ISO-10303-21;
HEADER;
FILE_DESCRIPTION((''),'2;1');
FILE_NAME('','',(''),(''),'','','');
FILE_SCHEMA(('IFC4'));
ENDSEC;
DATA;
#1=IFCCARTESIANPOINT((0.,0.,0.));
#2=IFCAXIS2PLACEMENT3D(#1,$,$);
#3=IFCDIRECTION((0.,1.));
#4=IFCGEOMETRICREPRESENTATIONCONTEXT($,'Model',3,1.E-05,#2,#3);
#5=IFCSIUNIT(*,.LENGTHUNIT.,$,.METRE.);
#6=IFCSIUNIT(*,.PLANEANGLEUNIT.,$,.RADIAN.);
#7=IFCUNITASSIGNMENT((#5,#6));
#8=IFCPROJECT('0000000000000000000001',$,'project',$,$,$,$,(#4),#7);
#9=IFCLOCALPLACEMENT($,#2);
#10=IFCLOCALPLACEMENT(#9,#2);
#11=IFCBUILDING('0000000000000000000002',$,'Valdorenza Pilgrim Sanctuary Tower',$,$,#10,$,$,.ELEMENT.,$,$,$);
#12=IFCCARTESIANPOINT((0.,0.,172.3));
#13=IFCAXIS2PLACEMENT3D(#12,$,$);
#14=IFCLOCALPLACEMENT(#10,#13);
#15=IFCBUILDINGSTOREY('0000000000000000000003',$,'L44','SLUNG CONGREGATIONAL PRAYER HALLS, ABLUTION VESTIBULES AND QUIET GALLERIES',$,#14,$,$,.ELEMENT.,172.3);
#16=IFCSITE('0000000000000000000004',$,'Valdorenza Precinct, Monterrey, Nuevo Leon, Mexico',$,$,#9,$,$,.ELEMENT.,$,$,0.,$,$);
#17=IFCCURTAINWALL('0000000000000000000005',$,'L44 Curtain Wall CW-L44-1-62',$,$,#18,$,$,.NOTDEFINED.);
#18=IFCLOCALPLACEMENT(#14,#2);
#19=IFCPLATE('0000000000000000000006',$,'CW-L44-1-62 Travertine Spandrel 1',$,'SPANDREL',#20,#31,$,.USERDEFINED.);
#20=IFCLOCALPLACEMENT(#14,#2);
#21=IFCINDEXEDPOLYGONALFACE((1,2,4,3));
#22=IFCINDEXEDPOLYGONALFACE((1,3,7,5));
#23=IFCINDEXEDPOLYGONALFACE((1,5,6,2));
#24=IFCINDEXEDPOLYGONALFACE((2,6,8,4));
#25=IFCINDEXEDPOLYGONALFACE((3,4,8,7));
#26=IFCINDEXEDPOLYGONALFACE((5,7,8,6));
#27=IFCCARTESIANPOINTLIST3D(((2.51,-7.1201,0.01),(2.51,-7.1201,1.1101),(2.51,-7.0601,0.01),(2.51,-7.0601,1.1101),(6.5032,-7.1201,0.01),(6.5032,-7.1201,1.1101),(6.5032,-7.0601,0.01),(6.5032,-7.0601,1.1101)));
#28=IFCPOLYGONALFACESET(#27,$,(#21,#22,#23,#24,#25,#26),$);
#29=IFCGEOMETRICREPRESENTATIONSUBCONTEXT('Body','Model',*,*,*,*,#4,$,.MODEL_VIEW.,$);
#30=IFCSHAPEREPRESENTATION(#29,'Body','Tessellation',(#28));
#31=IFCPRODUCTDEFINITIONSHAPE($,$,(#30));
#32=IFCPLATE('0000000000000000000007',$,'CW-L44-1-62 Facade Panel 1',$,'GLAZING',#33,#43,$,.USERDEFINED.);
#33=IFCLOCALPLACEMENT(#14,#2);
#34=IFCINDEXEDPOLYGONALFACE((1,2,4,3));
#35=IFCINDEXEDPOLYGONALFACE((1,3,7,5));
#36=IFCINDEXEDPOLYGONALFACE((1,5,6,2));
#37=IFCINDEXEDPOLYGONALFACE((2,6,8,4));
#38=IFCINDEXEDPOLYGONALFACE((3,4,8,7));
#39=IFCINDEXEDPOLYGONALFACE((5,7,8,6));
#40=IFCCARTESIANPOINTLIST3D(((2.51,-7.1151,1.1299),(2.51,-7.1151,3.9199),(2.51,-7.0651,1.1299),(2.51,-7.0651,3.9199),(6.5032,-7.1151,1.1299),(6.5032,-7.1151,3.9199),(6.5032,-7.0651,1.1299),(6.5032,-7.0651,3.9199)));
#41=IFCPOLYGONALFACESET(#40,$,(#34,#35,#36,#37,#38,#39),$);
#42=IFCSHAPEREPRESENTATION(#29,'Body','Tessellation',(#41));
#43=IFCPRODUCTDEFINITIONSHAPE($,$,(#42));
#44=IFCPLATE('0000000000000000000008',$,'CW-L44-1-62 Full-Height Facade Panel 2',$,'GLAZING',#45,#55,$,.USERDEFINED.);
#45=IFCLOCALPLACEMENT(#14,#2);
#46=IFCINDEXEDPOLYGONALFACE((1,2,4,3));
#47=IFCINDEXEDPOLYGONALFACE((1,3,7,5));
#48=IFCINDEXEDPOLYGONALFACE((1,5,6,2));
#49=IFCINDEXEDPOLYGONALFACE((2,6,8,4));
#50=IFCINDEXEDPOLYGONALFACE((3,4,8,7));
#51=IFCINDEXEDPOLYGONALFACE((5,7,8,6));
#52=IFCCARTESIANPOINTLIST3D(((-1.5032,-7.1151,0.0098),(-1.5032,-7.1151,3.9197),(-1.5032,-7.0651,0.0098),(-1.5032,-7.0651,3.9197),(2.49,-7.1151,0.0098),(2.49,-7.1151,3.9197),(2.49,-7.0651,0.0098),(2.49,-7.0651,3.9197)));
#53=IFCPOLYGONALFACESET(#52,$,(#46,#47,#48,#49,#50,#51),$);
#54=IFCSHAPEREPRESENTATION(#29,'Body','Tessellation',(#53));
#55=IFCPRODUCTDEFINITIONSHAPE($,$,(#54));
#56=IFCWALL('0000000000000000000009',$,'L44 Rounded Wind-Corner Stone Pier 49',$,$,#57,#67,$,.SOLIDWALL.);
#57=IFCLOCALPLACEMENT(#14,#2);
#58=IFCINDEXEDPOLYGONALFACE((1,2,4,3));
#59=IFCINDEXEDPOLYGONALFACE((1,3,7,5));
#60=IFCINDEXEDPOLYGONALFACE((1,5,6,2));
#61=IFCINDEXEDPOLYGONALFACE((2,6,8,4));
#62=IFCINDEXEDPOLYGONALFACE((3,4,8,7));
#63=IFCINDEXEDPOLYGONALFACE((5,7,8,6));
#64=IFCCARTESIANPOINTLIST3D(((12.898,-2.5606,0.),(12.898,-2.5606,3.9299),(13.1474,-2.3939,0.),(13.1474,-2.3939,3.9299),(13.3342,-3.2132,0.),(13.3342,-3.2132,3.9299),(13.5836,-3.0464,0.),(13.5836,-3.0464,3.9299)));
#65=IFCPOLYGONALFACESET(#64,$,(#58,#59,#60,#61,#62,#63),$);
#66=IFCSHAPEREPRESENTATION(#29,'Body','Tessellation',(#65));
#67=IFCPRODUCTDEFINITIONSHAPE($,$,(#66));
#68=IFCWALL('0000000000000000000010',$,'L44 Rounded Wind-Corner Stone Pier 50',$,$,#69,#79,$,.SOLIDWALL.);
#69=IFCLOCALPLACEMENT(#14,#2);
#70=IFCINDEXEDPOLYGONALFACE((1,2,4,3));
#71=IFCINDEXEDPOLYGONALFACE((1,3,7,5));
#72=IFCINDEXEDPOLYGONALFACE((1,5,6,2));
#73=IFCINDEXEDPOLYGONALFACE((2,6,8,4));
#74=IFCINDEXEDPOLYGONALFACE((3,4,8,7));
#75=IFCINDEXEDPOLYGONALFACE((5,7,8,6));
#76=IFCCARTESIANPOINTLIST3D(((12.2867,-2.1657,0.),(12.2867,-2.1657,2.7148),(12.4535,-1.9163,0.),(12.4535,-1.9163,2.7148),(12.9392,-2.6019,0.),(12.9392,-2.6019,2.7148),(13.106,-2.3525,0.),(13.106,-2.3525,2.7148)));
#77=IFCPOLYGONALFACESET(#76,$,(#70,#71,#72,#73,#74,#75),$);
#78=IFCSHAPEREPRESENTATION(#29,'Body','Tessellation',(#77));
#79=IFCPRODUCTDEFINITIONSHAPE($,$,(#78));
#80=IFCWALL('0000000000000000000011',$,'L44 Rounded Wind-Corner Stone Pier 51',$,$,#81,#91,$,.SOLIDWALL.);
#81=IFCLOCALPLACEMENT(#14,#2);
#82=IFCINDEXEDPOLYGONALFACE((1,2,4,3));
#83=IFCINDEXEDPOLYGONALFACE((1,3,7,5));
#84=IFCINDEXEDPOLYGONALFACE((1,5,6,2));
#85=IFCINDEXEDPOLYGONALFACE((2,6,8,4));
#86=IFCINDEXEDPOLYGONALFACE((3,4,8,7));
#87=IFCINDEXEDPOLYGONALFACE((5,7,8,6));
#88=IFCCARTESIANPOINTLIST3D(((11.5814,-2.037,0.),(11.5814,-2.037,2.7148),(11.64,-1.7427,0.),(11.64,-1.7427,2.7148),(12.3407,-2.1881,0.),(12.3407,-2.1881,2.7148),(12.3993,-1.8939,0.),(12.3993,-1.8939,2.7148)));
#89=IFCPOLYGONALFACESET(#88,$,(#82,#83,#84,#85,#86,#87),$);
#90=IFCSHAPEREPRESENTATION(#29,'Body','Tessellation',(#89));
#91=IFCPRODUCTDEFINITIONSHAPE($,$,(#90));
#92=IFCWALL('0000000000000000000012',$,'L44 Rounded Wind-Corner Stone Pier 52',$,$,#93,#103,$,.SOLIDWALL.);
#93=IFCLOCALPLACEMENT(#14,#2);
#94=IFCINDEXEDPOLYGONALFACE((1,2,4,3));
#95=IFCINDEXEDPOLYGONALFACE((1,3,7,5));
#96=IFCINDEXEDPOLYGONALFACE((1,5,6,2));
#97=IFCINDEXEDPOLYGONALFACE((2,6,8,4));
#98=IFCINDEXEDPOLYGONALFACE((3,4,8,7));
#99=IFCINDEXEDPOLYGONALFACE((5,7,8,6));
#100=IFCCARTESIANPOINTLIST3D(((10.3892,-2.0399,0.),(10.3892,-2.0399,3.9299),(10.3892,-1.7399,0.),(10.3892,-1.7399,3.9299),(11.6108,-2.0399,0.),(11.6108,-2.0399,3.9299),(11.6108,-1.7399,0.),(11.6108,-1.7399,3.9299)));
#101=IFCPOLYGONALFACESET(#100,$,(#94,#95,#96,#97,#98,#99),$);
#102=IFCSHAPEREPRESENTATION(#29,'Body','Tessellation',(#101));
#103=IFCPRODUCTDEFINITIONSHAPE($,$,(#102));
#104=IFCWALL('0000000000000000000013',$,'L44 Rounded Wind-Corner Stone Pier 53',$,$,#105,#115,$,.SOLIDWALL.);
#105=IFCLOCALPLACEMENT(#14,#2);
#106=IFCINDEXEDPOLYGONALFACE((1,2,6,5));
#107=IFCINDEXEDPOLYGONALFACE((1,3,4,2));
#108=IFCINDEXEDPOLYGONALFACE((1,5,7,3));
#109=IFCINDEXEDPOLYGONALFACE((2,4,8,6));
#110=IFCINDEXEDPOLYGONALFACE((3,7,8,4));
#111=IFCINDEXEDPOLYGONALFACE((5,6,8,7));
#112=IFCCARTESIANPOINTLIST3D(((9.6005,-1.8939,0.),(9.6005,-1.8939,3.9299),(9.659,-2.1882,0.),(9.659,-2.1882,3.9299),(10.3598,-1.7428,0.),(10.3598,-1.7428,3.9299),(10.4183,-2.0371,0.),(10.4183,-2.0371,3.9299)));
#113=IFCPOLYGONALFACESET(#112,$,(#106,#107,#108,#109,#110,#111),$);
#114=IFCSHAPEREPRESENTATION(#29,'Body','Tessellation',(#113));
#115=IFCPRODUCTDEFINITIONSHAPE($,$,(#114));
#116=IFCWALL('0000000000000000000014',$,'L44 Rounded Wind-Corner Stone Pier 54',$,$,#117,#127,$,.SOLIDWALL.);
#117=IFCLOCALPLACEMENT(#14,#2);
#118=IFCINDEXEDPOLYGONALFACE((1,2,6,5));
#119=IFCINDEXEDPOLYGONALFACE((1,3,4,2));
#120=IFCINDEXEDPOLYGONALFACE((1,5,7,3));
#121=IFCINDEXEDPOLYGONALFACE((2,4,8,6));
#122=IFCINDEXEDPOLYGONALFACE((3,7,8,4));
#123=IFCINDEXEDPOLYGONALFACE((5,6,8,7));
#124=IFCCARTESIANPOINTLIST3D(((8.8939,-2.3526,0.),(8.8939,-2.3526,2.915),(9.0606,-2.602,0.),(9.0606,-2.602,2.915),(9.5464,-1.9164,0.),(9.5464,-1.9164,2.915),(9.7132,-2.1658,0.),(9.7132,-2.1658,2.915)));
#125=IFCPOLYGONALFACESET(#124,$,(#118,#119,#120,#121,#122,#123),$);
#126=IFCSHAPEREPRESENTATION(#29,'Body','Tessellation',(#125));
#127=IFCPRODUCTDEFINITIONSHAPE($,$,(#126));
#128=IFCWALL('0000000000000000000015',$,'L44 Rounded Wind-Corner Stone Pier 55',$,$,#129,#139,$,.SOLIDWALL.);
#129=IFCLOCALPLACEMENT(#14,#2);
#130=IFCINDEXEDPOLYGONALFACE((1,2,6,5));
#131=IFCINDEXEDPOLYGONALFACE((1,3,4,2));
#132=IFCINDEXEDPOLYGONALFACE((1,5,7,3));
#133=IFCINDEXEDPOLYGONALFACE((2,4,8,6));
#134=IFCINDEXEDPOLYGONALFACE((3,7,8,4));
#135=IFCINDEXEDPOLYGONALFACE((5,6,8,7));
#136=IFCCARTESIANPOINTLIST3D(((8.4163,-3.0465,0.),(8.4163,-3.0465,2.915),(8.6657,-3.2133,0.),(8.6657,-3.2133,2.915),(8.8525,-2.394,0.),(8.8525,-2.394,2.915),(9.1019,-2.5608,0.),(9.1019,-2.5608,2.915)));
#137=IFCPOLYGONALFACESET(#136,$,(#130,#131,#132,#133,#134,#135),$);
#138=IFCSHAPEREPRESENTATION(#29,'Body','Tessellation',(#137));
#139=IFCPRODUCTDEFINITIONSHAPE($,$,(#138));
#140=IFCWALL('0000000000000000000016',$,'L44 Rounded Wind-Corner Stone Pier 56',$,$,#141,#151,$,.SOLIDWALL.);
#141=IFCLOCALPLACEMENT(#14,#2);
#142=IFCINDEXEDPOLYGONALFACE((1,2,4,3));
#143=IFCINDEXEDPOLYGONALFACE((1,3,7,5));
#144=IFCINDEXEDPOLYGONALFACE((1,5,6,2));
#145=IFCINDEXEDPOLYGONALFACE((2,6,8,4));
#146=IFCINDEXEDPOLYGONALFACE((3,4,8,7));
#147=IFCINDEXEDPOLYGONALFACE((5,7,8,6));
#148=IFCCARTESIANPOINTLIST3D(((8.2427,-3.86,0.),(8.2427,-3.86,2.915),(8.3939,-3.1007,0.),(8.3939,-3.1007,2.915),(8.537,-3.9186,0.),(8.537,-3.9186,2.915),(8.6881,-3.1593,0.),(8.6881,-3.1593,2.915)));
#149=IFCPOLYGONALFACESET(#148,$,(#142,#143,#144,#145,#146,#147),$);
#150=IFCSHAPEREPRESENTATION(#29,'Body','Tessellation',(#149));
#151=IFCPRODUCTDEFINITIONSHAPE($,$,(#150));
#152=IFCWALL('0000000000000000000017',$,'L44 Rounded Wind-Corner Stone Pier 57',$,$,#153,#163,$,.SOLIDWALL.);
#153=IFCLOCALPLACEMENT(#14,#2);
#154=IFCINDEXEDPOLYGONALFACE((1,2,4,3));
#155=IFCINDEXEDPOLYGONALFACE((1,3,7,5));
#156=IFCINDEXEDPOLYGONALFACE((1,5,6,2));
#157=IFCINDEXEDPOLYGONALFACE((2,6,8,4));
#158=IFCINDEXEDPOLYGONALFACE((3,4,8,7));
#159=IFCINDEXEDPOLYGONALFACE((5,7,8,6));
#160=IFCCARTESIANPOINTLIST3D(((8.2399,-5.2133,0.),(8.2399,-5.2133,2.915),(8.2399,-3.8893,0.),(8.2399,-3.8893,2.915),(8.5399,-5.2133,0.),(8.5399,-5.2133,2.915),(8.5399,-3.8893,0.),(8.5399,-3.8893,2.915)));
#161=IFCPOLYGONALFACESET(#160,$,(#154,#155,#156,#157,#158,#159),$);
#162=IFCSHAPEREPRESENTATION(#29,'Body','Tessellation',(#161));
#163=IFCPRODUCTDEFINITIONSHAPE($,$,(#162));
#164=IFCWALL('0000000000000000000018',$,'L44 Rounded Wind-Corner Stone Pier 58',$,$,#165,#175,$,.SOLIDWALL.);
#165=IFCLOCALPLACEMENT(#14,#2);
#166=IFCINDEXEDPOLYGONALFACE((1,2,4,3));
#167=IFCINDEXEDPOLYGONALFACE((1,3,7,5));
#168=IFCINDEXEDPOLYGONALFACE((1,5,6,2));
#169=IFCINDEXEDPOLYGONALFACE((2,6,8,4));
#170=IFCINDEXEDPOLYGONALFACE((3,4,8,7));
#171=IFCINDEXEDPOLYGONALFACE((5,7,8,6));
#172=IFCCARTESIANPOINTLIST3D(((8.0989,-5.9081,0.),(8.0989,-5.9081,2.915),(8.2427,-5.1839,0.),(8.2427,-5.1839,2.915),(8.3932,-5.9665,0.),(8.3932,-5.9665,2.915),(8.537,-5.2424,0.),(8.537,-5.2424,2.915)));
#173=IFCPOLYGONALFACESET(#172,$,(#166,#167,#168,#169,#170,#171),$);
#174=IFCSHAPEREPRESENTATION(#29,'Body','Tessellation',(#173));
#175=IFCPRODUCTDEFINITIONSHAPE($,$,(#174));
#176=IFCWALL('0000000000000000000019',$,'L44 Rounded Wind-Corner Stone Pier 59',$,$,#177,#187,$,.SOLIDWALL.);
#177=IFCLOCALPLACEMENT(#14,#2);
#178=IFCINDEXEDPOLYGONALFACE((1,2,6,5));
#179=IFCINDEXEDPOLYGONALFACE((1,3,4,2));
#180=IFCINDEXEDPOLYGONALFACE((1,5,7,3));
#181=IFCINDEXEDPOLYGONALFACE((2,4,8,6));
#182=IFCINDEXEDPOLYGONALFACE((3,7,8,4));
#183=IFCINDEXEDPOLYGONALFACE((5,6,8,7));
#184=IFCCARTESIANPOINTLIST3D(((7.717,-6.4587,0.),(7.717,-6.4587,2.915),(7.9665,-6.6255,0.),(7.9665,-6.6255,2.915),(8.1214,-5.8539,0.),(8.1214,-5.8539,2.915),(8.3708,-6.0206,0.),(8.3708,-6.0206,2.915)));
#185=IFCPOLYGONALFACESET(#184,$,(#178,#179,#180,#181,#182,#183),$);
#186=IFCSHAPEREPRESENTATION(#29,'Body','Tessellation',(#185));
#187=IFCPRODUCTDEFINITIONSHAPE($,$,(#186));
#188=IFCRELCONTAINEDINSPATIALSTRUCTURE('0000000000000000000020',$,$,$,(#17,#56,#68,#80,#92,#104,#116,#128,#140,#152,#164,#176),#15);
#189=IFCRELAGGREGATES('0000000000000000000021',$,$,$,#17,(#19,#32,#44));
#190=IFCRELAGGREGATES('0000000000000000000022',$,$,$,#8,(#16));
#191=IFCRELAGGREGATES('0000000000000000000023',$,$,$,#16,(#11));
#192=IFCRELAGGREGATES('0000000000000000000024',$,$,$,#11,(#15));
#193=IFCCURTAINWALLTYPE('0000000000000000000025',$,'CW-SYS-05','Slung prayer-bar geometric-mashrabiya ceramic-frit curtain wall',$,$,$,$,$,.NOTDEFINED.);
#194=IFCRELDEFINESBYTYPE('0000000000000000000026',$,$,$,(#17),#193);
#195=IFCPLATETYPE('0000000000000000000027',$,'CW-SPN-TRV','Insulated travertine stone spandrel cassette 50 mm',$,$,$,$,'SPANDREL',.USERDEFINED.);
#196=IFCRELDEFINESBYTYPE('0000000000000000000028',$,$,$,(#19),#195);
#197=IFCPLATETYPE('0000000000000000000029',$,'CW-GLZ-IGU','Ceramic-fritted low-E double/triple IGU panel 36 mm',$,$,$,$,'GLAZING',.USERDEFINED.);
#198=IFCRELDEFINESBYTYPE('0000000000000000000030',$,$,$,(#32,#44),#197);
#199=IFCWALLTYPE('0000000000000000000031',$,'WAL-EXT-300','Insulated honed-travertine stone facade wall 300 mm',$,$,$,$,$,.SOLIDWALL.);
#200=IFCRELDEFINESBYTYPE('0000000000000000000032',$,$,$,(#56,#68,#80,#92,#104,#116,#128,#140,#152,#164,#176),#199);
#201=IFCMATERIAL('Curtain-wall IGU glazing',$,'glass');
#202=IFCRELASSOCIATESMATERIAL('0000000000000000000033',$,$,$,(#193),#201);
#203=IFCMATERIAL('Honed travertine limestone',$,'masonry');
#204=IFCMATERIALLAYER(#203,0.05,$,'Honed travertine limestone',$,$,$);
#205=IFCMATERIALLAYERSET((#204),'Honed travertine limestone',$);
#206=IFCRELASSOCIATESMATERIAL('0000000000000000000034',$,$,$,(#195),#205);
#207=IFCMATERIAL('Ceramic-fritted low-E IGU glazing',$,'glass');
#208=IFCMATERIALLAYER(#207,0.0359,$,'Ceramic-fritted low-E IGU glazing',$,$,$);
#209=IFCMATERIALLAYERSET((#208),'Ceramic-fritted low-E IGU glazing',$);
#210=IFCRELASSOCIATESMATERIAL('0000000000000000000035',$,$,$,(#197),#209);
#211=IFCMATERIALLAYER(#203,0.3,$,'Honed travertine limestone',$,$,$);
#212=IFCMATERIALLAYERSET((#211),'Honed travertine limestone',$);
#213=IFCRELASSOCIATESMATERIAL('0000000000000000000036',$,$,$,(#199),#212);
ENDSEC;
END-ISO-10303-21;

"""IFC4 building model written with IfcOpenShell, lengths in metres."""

from ifc_helpers import new_model, si_unit, direction, frame, frame_2d, origin, origin_2d, place, context, subcontext, project, spatial, rectangle, extrude, source, transform, mapped, material, layer, layer_set, type_object, element, aggregate, save


model = new_model("IFC4")

# Units and contexts
model_context = context("Model", 3, precision=1e-05, world=origin(), true_north=direction((0.0, 1.0)))
body_context = subcontext(model_context, "Body", "Model", "MODEL_VIEW")
ifc_project = project(units=[si_unit("LENGTHUNIT", "METRE"), si_unit("PLANEANGLEUNIT", "RADIAN")], contexts=[model_context])

# Site, building, storey
site_placement = place(None, origin())
site = spatial("IfcSite", under=ifc_project, at=site_placement, Name="Valdorenza Precinct, Monterrey, Nuevo Leon, Mexico", CompositionType="ELEMENT", RefElevation=0.0)
building_placement = place(site_placement, origin())
building = spatial("IfcBuilding", under=site, at=building_placement, Name="Valdorenza Pilgrim Sanctuary Tower", CompositionType="ELEMENT")
storey_placement = place(building_placement, frame((0.0, 0.0, 172.3)))
storey = spatial("IfcBuildingStorey", under=building, at=storey_placement, Name="L44", Description="SLUNG CONGREGATIONAL PRAYER HALLS, ABLUTION VESTIBULES AND QUIET GALLERIES", CompositionType="ELEMENT", Elevation=172.3)

# Shared definitions
ifc_material_1 = material(Name="Curtain-wall IGU glazing", Category="glass")
curtain_wall_type = type_object("IfcCurtainWallType", Name="CW-SYS-05", Description="Slung prayer-bar geometric-mashrabiya ceramic-frit curtain wall", PredefinedType="NOTDEFINED", material=ifc_material_1)

# Curtain wall
curtain_wall_1_placement = place(storey_placement, origin())
curtain_wall_1 = element("IfcCurtainWall", 1, at=curtain_wall_1_placement, inside=storey, type_object=curtain_wall_type, Name="L44 Curtain Wall CW-L44-1-62", PredefinedType="NOTDEFINED")

# Plates
ifc_material_2 = material(Name="Honed travertine limestone", Category="masonry")
ifc_layer_1 = layer(ifc_material_2, 0.05, Name="Honed travertine limestone")
ifc_layer_set_1 = layer_set([ifc_layer_1], Name="Honed travertine limestone")
plate_type_1 = type_object("IfcPlateType", Name="CW-SPN-TRV", Description="Insulated travertine stone spandrel cassette 50 mm", ElementType="SPANDREL", PredefinedType="USERDEFINED", material=ifc_layer_set_1)
shared_shape_1 = source(origin(), body_context, "Body", "SweptSolid", [
    extrude(rectangle(XDim=3.9932, YDim=0.0601, at=origin_2d()), origin(), (0.0, 0.0, 1.0), 1.1001),
])
plate_1_placement = place(storey_placement, frame((4.5066, -7.0901, 0.01), z_axis=(0.0, 0.0, 1.0), x_axis=(-1.0, 0.0, 0.0)))
plate_1 = element("IfcPlate", 2, at=plate_1_placement, type_object=plate_type_1, Name="CW-L44-1-62 Travertine Spandrel 1", ObjectType="SPANDREL", PredefinedType="USERDEFINED", context=body_context, shape_type="MappedRepresentation", body=[
    mapped(shared_shape_1, transform((0.0, 0.0, 0.0), x_axis=(1.0, 0.0, 0.0), y_axis=(0.0, 1.0, 0.0), z_axis=(0.0, 0.0, 1.0), scale=1.0)),
])
ifc_material_3 = material(Name="Ceramic-fritted low-E IGU glazing", Category="glass")
ifc_layer_2 = layer(ifc_material_3, 0.0359, Name="Ceramic-fritted low-E IGU glazing")
ifc_layer_set_2 = layer_set([ifc_layer_2], Name="Ceramic-fritted low-E IGU glazing")
plate_type_2 = type_object("IfcPlateType", Name="CW-GLZ-IGU", Description="Ceramic-fritted low-E double/triple IGU panel 36 mm", ElementType="GLAZING", PredefinedType="USERDEFINED", material=ifc_layer_set_2)
shared_shape_2 = source(origin(), body_context, "Body", "SweptSolid", [
    extrude(rectangle(XDim=3.9932, YDim=0.05, at=origin_2d()), origin(), (0.0, 0.0, 1.0), 2.79),
])
plate_2_placement = place(storey_placement, frame((4.5066, -7.0901, 1.1299), z_axis=(0.0, 0.0, 1.0), x_axis=(-1.0, 0.0, 0.0)))
plate_2 = element("IfcPlate", 3, at=plate_2_placement, type_object=plate_type_2, Name="CW-L44-1-62 Facade Panel 1", ObjectType="GLAZING", PredefinedType="USERDEFINED", context=body_context, shape_type="MappedRepresentation", body=[
    mapped(shared_shape_2, transform((0.0, 0.0, 0.0), x_axis=(1.0, 0.0, 0.0), y_axis=(0.0, 1.0, 0.0), z_axis=(0.0, 0.0, 1.0), scale=1.0)),
])
shared_shape_3 = source(origin(), body_context, "Body", "SweptSolid", [
    extrude(rectangle(XDim=3.9932, YDim=0.05, at=origin_2d()), origin(), (0.0, 0.0, 1.0), 3.9099),
])
plate_3_placement = place(storey_placement, frame((0.4934, -7.0901, 0.0098), z_axis=(0.0, 0.0, 1.0), x_axis=(-1.0, 0.0, 0.0)))
plate_3 = element("IfcPlate", 4, at=plate_3_placement, type_object=plate_type_2, Name="CW-L44-1-62 Full-Height Facade Panel 2", ObjectType="GLAZING", PredefinedType="USERDEFINED", context=body_context, shape_type="MappedRepresentation", body=[
    mapped(shared_shape_3, transform((0.0, 0.0, 0.0), x_axis=(1.0, 0.0, 0.0), y_axis=(0.0, 1.0, 0.0), z_axis=(0.0, 0.0, 1.0), scale=1.0)),
])
aggregate(curtain_wall_1, [plate_1, plate_2, plate_3])

# Walls
ifc_layer_3 = layer(ifc_material_2, 0.3, Name="Honed travertine limestone")
ifc_layer_set_3 = layer_set([ifc_layer_3], Name="Honed travertine limestone")
wall_type = type_object("IfcWallType", Name="WAL-EXT-300", Description="Insulated honed-travertine stone facade wall 300 mm", PredefinedType="SOLIDWALL", material=ifc_layer_set_3)
wall_1_placement = place(storey_placement, frame((13.459, -3.1299, 0.0), z_axis=(0.0, 0.0, 1.0), x_axis=(-0.555776, 0.831332, 0.0)))
element("IfcWall", 5, at=wall_1_placement, inside=storey, type_object=wall_type, Name="L44 Rounded Wind-Corner Stone Pier 49", PredefinedType="SOLIDWALL", context=body_context, shape_type="SweptSolid", body=[
    extrude(rectangle(XDim=0.7849, YDim=0.3, at=frame_2d((0.3926, 0.0))), origin(), (0.0, 0.0, 1.0), 3.9299),
])
wall_2_placement = place(storey_placement, frame((13.0227, -2.4773, 0.0), z_axis=(0.0, 0.0, 1.0), x_axis=(-0.831332, 0.555776, 0.0)))
element("IfcWall", 6, at=wall_2_placement, inside=storey, type_object=wall_type, Name="L44 Rounded Wind-Corner Stone Pier 50", PredefinedType="SOLIDWALL", context=body_context, shape_type="SweptSolid", body=[
    extrude(rectangle(XDim=0.7849, YDim=0.3, at=frame_2d((0.3926, 0.0))), origin(), (0.0, 0.0, 1.0), 2.7148),
])
wall_3_placement = place(storey_placement, frame((12.3701, -2.041, 0.0), z_axis=(0.0, 0.0, 1.0), x_axis=(-0.980762, 0.195206, 0.0)))
element("IfcWall", 7, at=wall_3_placement, inside=storey, type_object=wall_type, Name="L44 Rounded Wind-Corner Stone Pier 51", PredefinedType="SOLIDWALL", context=body_context, shape_type="SweptSolid", body=[
    extrude(rectangle(XDim=0.7742, YDim=0.3, at=frame_2d((0.3872, 0.0))), origin(), (0.0, 0.0, 1.0), 2.7148),
])
wall_4_placement = place(storey_placement, frame((11.6108, -1.8899, 0.0), z_axis=(0.0, 0.0, 1.0), x_axis=(-1.0, 0.0, 0.0)))
element("IfcWall", 8, at=wall_4_placement, inside=storey, type_object=wall_type, Name="L44 Rounded Wind-Corner Stone Pier 52", PredefinedType="SOLIDWALL", context=body_context, shape_type="SweptSolid", body=[
    extrude(rectangle(XDim=1.2217, YDim=0.3, at=frame_2d((0.6108, 0.0))), origin(), (0.0, 0.0, 1.0), 3.9299),
])
wall_5_placement = place(storey_placement, frame((10.3892, -1.8899, 0.0), z_axis=(0.0, 0.0, 1.0), x_axis=(-0.980762, -0.195206, 0.0)))
element("IfcWall", 9, at=wall_5_placement, inside=storey, type_object=wall_type, Name="L44 Rounded Wind-Corner Stone Pier 53", PredefinedType="SOLIDWALL", context=body_context, shape_type="SweptSolid", body=[
    extrude(rectangle(XDim=0.7742, YDim=0.3, at=frame_2d((0.3872, 0.0))), origin(), (0.0, 0.0, 1.0), 3.9299),
])
for number, where, z_axis, x_axis, name in (
    (10, (9.6299, -2.041, 0.0), (0.0, 0.0, 1.0), (-0.831332, -0.555776, 0.0), "L44 Rounded Wind-Corner Stone Pier 54"),
    (11, (8.9773, -2.4773, 0.0), (0.0, 0.0, 1.0), (-0.555776, -0.831332, 0.0), "L44 Rounded Wind-Corner Stone Pier 55"),
):
    element("IfcWall", number, at=place(storey_placement, frame(where, z_axis=z_axis, x_axis=x_axis)), inside=storey, type_object=wall_type, Name=name, PredefinedType="SOLIDWALL", context=body_context, shape_type="SweptSolid", body=[
        extrude(rectangle(XDim=0.7849, YDim=0.3, at=frame_2d((0.3926, 0.0))), origin(), (0.0, 0.0, 1.0), 2.915),
    ])
wall_6_placement = place(storey_placement, frame((8.541, -3.1299, 0.0), z_axis=(0.0, 0.0, 1.0), x_axis=(-0.195206, -0.980762, 0.0)))
element("IfcWall", 12, at=wall_6_placement, inside=storey, type_object=wall_type, Name="L44 Rounded Wind-Corner Stone Pier 56", PredefinedType="SOLIDWALL", context=body_context, shape_type="SweptSolid", body=[
    extrude(rectangle(XDim=0.7742, YDim=0.3, at=frame_2d((0.3872, 0.0))), origin(), (0.0, 0.0, 1.0), 2.915),
])
wall_7_placement = place(storey_placement, frame((8.3899, -3.8892, 0.0), z_axis=(0.0, 0.0, 1.0), x_axis=(0.0, -1.0, 0.0)))
element("IfcWall", 13, at=wall_7_placement, inside=storey, type_object=wall_type, Name="L44 Rounded Wind-Corner Stone Pier 57", PredefinedType="SOLIDWALL", context=body_context, shape_type="SweptSolid", body=[
    extrude(rectangle(XDim=1.324, YDim=0.3, at=frame_2d((0.6621, 0.0))), origin(), (0.0, 0.0, 1.0), 2.915),
])
wall_8_placement = place(storey_placement, frame((8.3899, -5.2131, 0.0), z_axis=(0.0, 0.0, 1.0), x_axis=(-0.19478, -0.980847, 0.0)))
element("IfcWall", 14, at=wall_8_placement, inside=storey, type_object=wall_type, Name="L44 Rounded Wind-Corner Stone Pier 58", PredefinedType="SOLIDWALL", context=body_context, shape_type="SweptSolid", body=[
    extrude(rectangle(XDim=0.7383, YDim=0.3, at=frame_2d((0.3691, 0.0))), origin(), (0.0, 0.0, 1.0), 2.915),
])
wall_9_placement = place(storey_placement, frame((8.2461, -5.9373, 0.0), z_axis=(0.0, 0.0, 1.0), x_axis=(-0.555784, -0.831327, 0.0)))
element("IfcWall", 15, at=wall_9_placement, inside=storey, type_object=wall_type, Name="L44 Rounded Wind-Corner Stone Pier 59", PredefinedType="SOLIDWALL", context=body_context, shape_type="SweptSolid", body=[
    extrude(rectangle(XDim=0.7275, YDim=0.3, at=frame_2d((0.3638, 0.0))), origin(), (0.0, 0.0, 1.0), 2.915),
])

save(model, "model.ifc")
